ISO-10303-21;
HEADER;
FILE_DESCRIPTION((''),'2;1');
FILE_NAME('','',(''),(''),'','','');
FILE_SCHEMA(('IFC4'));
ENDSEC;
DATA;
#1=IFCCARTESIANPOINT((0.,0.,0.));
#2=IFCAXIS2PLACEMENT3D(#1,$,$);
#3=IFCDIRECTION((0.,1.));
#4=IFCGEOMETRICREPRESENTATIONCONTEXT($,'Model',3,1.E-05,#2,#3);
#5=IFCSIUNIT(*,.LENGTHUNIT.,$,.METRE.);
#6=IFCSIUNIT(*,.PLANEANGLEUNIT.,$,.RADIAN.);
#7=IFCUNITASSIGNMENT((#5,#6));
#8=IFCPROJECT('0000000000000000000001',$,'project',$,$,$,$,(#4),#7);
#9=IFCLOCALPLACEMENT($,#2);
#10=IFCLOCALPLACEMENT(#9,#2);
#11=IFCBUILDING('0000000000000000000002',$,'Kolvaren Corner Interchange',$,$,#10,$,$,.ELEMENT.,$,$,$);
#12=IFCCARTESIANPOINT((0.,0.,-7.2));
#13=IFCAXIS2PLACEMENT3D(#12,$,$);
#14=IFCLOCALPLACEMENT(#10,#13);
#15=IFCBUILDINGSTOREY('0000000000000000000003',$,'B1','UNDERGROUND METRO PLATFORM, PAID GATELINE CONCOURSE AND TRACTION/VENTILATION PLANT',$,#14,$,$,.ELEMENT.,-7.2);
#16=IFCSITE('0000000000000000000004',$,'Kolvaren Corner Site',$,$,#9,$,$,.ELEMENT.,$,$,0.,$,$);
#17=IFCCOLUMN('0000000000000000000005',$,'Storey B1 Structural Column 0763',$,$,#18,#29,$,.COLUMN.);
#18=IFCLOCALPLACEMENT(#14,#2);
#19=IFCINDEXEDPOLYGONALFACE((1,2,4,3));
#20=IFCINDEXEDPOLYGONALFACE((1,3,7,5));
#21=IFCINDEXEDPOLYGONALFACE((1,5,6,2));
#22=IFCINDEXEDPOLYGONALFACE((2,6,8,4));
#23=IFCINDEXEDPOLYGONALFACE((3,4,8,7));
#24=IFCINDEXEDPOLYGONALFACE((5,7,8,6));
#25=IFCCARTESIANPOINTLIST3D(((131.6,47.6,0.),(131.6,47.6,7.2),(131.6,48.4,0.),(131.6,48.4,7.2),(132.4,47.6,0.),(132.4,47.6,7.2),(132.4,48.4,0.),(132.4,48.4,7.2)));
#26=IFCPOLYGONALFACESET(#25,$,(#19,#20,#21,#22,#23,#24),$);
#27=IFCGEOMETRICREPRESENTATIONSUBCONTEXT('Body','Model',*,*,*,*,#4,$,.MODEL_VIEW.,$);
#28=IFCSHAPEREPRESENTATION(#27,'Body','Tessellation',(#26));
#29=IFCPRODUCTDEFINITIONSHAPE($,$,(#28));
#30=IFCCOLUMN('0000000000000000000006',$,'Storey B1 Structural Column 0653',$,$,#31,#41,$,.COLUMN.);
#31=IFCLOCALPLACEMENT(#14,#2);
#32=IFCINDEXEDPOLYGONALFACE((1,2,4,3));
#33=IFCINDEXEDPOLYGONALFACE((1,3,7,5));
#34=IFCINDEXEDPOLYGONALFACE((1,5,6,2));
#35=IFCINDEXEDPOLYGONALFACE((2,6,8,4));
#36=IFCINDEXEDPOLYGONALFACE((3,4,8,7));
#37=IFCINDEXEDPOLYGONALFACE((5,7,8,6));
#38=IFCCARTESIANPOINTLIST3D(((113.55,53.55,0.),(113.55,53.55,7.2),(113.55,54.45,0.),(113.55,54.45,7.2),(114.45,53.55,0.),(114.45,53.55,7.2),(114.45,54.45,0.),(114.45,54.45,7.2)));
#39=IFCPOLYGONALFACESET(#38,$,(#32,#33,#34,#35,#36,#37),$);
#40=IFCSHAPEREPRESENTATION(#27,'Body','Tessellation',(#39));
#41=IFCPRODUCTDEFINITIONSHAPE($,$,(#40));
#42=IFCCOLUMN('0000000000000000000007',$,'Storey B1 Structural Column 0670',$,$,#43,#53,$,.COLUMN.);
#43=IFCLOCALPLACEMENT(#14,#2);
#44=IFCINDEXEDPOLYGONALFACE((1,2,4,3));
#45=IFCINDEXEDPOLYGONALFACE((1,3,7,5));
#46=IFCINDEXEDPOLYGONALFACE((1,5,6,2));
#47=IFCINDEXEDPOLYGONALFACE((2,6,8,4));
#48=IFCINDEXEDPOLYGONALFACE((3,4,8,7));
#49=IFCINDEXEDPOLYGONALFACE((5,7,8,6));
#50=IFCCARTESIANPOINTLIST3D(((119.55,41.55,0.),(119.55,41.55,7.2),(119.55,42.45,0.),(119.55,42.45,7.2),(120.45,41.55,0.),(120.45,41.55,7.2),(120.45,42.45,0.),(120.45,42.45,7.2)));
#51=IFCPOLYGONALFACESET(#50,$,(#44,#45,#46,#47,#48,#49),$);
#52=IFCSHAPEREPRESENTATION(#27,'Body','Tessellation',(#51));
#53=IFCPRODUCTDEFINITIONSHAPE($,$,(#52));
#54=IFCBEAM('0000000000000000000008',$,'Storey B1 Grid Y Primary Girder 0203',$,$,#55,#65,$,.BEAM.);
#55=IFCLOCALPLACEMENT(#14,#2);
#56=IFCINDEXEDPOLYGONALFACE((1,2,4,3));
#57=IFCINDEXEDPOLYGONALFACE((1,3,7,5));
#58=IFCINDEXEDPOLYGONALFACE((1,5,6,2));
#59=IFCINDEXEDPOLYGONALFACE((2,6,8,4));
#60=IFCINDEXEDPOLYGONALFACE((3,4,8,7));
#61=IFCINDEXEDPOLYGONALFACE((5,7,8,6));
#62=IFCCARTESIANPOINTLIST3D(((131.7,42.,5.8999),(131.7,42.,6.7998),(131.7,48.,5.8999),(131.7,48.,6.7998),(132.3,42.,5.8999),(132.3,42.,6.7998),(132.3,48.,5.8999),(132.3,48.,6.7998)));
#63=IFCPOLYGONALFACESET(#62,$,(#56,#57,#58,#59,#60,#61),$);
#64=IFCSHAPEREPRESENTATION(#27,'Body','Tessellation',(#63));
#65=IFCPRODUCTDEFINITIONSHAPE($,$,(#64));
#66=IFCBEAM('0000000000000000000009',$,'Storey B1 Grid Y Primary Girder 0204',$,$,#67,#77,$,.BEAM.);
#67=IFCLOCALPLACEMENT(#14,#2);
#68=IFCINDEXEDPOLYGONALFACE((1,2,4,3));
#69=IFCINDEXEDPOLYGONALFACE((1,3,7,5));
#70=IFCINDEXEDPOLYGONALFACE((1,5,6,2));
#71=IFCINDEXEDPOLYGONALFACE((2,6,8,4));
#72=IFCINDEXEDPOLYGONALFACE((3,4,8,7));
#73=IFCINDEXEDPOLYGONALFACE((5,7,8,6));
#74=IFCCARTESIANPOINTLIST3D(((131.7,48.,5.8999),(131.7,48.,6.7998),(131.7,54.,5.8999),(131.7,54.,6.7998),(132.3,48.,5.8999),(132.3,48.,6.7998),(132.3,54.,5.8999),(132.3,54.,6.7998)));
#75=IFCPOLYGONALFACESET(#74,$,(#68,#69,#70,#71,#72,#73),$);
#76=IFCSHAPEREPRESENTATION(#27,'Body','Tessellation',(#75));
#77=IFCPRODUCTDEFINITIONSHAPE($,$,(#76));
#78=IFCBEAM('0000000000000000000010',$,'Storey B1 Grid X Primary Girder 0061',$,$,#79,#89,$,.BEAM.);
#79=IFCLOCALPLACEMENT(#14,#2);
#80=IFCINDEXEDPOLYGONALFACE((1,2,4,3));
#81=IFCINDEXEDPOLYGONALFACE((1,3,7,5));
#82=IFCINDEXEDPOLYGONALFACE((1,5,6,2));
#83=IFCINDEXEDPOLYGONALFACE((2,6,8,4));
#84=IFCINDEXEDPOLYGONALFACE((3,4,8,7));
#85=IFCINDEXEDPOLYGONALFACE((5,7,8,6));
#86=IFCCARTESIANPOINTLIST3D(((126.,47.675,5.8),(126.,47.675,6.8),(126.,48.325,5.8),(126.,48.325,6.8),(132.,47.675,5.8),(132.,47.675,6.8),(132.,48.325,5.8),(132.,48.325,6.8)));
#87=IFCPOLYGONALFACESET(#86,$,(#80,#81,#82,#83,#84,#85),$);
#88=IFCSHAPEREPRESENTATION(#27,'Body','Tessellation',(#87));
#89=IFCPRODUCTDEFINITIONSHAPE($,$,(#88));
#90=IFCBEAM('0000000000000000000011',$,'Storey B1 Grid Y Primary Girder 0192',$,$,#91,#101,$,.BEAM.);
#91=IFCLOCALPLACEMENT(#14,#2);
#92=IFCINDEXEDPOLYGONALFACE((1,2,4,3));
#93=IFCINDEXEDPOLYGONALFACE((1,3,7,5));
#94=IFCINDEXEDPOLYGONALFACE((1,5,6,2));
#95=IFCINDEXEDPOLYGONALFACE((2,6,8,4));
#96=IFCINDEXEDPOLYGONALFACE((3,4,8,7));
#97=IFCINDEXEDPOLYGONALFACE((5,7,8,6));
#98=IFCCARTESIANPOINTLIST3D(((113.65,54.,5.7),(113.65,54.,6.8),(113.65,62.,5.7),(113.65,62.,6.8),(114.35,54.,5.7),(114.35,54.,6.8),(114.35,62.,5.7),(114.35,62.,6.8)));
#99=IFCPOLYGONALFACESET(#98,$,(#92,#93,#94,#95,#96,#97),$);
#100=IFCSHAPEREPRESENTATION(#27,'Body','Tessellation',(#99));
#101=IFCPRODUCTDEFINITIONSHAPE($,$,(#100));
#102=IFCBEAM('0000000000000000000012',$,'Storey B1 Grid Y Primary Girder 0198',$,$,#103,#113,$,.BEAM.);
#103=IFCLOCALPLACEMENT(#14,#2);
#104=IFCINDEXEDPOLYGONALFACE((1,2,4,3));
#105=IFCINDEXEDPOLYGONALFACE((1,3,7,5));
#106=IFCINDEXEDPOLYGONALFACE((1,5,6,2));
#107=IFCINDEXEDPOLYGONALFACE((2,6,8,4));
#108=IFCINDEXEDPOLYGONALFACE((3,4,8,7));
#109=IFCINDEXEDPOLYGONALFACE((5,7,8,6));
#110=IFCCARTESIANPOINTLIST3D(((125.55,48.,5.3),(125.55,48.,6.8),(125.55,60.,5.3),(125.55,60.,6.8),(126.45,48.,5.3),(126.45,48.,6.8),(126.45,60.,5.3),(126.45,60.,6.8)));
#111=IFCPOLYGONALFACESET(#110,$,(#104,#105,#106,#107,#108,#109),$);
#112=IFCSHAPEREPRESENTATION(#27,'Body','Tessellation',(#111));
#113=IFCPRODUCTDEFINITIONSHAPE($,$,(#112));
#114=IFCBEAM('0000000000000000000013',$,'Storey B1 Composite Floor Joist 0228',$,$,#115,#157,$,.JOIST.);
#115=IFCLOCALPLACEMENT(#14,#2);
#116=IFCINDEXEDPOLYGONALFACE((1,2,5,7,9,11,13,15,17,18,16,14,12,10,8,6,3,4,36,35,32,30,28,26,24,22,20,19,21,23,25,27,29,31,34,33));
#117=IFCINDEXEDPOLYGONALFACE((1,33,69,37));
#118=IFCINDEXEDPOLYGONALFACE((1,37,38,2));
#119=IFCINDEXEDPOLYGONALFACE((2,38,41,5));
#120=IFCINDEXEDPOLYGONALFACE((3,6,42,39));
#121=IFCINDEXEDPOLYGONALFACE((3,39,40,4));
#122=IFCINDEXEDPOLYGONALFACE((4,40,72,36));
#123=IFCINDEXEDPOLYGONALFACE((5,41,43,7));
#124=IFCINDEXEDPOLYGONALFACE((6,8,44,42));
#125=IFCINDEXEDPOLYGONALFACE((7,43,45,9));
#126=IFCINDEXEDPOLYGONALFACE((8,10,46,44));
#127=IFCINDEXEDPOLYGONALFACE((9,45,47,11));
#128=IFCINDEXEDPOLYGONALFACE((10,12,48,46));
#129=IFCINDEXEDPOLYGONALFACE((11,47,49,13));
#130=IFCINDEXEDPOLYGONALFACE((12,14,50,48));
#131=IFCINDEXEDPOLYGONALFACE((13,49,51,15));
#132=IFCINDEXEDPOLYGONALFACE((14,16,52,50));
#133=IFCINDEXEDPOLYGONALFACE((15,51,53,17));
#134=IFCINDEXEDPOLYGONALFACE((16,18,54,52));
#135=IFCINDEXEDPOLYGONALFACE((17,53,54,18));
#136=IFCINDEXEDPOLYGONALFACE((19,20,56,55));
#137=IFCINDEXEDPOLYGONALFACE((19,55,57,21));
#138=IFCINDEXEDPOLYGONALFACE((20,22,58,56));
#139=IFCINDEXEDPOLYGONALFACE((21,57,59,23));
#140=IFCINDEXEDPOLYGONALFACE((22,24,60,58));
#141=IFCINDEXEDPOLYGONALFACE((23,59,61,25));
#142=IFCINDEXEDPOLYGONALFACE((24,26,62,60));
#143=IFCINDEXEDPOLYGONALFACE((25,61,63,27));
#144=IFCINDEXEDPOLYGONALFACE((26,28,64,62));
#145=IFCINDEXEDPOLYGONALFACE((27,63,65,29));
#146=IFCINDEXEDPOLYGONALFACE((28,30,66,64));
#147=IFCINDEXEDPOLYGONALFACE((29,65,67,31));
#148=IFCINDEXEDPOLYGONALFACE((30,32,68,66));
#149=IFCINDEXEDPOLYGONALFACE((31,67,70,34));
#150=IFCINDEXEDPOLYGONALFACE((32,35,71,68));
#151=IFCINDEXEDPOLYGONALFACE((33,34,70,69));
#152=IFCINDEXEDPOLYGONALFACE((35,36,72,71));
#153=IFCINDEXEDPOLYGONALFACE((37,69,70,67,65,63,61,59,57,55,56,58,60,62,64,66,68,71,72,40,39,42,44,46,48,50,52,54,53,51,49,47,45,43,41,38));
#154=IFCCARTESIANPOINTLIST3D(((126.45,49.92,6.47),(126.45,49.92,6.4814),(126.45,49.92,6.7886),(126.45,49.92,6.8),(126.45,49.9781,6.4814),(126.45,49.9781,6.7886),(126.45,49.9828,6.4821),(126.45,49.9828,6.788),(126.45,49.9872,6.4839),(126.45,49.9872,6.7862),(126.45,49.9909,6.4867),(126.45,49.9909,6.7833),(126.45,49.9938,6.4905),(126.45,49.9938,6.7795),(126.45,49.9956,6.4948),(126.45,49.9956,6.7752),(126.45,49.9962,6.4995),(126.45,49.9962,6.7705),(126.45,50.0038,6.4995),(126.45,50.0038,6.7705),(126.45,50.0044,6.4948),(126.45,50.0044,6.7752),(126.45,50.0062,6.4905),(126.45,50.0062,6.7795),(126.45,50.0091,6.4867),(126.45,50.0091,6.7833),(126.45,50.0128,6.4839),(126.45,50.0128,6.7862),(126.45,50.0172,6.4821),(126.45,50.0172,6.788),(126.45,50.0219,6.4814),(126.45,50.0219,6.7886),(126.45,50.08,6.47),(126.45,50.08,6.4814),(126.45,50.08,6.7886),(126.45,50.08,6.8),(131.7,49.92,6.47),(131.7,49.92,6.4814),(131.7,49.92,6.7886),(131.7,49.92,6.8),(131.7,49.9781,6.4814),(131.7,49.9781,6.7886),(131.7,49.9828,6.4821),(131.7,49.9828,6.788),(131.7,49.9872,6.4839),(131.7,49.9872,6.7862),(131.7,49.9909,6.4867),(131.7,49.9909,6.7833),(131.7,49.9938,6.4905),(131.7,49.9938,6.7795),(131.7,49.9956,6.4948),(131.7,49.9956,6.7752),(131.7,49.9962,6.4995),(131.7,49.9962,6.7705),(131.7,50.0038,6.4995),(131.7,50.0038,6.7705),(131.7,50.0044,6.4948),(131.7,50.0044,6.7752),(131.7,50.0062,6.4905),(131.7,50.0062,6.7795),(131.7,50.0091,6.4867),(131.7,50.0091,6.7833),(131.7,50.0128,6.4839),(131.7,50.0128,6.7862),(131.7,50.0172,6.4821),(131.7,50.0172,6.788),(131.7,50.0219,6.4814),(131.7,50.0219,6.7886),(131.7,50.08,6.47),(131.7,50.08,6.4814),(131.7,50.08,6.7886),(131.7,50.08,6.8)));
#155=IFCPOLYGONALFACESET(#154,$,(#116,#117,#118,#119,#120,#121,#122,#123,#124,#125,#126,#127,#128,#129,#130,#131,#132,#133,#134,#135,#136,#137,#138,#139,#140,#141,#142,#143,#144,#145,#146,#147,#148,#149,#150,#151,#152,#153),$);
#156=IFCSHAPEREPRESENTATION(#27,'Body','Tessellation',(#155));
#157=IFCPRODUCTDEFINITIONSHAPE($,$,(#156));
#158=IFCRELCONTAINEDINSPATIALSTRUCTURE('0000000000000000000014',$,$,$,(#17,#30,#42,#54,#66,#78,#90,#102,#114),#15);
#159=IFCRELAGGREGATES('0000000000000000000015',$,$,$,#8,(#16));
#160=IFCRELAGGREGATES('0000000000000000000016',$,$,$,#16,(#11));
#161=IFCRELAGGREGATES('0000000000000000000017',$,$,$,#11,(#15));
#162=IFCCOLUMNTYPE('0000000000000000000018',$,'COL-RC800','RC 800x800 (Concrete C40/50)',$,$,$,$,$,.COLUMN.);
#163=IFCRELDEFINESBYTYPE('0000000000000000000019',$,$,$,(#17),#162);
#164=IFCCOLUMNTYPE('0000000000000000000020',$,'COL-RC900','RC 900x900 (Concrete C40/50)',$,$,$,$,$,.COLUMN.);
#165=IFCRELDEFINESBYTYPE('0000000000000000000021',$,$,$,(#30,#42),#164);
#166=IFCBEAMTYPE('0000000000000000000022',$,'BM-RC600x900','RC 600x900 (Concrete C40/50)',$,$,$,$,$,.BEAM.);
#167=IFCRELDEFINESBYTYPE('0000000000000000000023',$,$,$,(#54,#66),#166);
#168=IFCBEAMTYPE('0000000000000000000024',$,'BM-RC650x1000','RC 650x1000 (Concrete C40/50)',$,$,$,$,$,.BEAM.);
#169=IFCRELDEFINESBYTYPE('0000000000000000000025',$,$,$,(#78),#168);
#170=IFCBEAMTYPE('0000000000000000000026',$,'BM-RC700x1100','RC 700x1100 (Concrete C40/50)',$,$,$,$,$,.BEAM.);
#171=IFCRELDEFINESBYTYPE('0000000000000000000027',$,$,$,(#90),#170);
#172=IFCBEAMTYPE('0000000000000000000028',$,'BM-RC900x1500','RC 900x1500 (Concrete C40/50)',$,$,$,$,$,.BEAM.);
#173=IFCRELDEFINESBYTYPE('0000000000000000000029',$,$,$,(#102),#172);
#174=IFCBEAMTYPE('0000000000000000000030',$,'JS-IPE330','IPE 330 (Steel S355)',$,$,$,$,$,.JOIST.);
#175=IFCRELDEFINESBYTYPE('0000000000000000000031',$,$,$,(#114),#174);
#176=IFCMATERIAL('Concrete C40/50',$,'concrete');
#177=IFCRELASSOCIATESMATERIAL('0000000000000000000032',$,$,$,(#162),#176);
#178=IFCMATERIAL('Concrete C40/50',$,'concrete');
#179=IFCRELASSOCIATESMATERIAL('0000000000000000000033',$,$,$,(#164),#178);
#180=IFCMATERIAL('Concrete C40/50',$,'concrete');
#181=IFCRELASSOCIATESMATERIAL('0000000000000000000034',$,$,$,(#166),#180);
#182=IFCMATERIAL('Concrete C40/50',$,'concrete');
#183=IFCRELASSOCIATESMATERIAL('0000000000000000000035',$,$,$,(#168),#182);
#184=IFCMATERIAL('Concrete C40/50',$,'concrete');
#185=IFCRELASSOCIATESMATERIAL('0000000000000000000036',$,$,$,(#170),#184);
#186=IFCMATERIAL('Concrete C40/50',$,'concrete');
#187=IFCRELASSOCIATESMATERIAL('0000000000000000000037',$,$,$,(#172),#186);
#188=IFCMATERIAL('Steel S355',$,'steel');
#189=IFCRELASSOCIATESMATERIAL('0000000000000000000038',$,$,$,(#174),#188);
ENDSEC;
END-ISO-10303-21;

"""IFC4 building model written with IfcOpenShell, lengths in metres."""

from ifc_helpers import new_model, si_unit, direction, frame, origin, origin_2d, place, context, subcontext, project, spatial, rectangle, i_section, extrude, material, material_profile, profile_set, type_object, element, save


model = new_model("IFC4")

# Units and contexts
model_context = context("Model", 3, precision=1e-05, world=origin(), true_north=direction((0.0, 1.0)))
body_context = subcontext(model_context, "Body", "Model", "MODEL_VIEW")
ifc_project = project(units=[si_unit("LENGTHUNIT", "METRE"), si_unit("PLANEANGLEUNIT", "RADIAN")], contexts=[model_context])

# Site, building, storey
site_placement = place(None, origin())
site = spatial("IfcSite", under=ifc_project, at=site_placement, Name="Kolvaren Corner Site", CompositionType="ELEMENT", RefElevation=0.0)
building_placement = place(site_placement, origin())
building = spatial("IfcBuilding", under=site, at=building_placement, Name="Kolvaren Corner Interchange", CompositionType="ELEMENT")
storey_placement = place(building_placement, frame((0.0, 0.0, -7.2)))
storey = spatial("IfcBuildingStorey", under=building, at=storey_placement, Name="B1", Description="UNDERGROUND METRO PLATFORM, PAID GATELINE CONCOURSE AND TRACTION/VENTILATION PLANT", CompositionType="ELEMENT", Elevation=-7.2)

# Columns
ifc_material_1 = material(Name="Concrete C40/50", Category="concrete")
ifc_material_profile_1 = material_profile(ifc_material_1, rectangle(XDim=0.8, YDim=0.8, at=origin_2d()), Name="RC 800x800")
ifc_profile_set_1 = profile_set([ifc_material_profile_1], Name="Concrete C40/50")
column_type_1 = type_object("IfcColumnType", Name="COL-RC800", Description="RC 800x800 (Concrete C40/50)", PredefinedType="COLUMN", material=ifc_profile_set_1)
for number, where, z_axis, x_axis, name in (
    (1, (132.0, 48.0, 0.0), (0.0, 0.0, 1.0), (1.0, 0.0, 0.0), "Storey B1 Structural Column 0763"),
):
    element("IfcColumn", number, at=place(storey_placement, frame(where, z_axis=z_axis, x_axis=x_axis)), inside=storey, type_object=column_type_1, Name=name, PredefinedType="COLUMN", context=body_context, shape_type="SweptSolid", body=[
        extrude(rectangle(XDim=0.8, YDim=0.8, at=origin_2d()), origin(), (0.0, 0.0, 1.0), 7.2),
    ])
ifc_material_2 = material(Name="Concrete C40/50", Category="concrete")
ifc_material_profile_2 = material_profile(ifc_material_2, rectangle(XDim=0.8999, YDim=0.8999, at=origin_2d()), Name="RC 900x900")
ifc_profile_set_2 = profile_set([ifc_material_profile_2], Name="Concrete C40/50")
column_type_2 = type_object("IfcColumnType", Name="COL-RC900", Description="RC 900x900 (Concrete C40/50)", PredefinedType="COLUMN", material=ifc_profile_set_2)
for number, where, z_axis, x_axis, name in (
    (2, (114.0, 54.0, 0.0), (0.0, 0.0, 1.0), (1.0, 0.0, 0.0), "Storey B1 Structural Column 0653"),
    (3, (120.0, 42.0, 0.0), (0.0, 0.0, 1.0), (1.0, 0.0, 0.0), "Storey B1 Structural Column 0670"),
):
    element("IfcColumn", number, at=place(storey_placement, frame(where, z_axis=z_axis, x_axis=x_axis)), inside=storey, type_object=column_type_2, Name=name, PredefinedType="COLUMN", context=body_context, shape_type="SweptSolid", body=[
        extrude(rectangle(XDim=0.8999, YDim=0.8999, at=origin_2d()), origin(), (0.0, 0.0, 1.0), 7.2),
    ])

# Beams
ifc_material_3 = material(Name="Concrete C40/50", Category="concrete")
ifc_material_profile_3 = material_profile(ifc_material_3, rectangle(XDim=0.6001, YDim=0.8999, at=origin_2d()), Name="RC 600x900")
ifc_profile_set_3 = profile_set([ifc_material_profile_3], Name="Concrete C40/50")
beam_type_1 = type_object("IfcBeamType", Name="BM-RC600x900", Description="RC 600x900 (Concrete C40/50)", PredefinedType="BEAM", material=ifc_profile_set_3)
for number, where, z_axis, x_axis, name in (
    (4, (132.0, 42.0, 6.3499), (0.0, 1.0, 0.0), (-1.0, 0.0, 0.0), "Storey B1 Grid Y Primary Girder 0203"),
    (5, (132.0, 48.0, 6.3499), (0.0, 1.0, 0.0), (-1.0, 0.0, 0.0), "Storey B1 Grid Y Primary Girder 0204"),
):
    element("IfcBeam", number, at=place(storey_placement, frame(where, z_axis=z_axis, x_axis=x_axis)), inside=storey, type_object=beam_type_1, Name=name, PredefinedType="BEAM", context=body_context, shape_type="SweptSolid", body=[
        extrude(rectangle(XDim=0.6001, YDim=0.8999, at=origin_2d()), origin(), (0.0, 0.0, 1.0), 6.0),
    ])
ifc_material_4 = material(Name="Concrete C40/50", Category="concrete")
ifc_material_profile_4 = material_profile(ifc_material_4, rectangle(XDim=0.6499, YDim=1.0, at=origin_2d()), Name="RC 650x1000")
ifc_profile_set_4 = profile_set([ifc_material_profile_4], Name="Concrete C40/50")
beam_type_2 = type_object("IfcBeamType", Name="BM-RC650x1000", Description="RC 650x1000 (Concrete C40/50)", PredefinedType="BEAM", material=ifc_profile_set_4)
beam_1_placement = place(storey_placement, frame((126.0, 48.0, 6.3), z_axis=(1.0, 0.0, 0.0), x_axis=(0.0, 1.0, 0.0)))
element("IfcBeam", 6, at=beam_1_placement, inside=storey, type_object=beam_type_2, Name="Storey B1 Grid X Primary Girder 0061", PredefinedType="BEAM", context=body_context, shape_type="SweptSolid", body=[
    extrude(rectangle(XDim=0.6499, YDim=1.0, at=origin_2d()), origin(), (0.0, 0.0, 1.0), 6.0),
])
ifc_material_5 = material(Name="Concrete C40/50", Category="concrete")
ifc_material_profile_5 = material_profile(ifc_material_5, rectangle(XDim=0.7, YDim=1.1001, at=origin_2d()), Name="RC 700x1100")
ifc_profile_set_5 = profile_set([ifc_material_profile_5], Name="Concrete C40/50")
beam_type_3 = type_object("IfcBeamType", Name="BM-RC700x1100", Description="RC 700x1100 (Concrete C40/50)", PredefinedType="BEAM", material=ifc_profile_set_5)
beam_2_placement = place(storey_placement, frame((114.0, 54.0, 6.25), z_axis=(0.0, 1.0, 0.0), x_axis=(-1.0, 0.0, 0.0)))
element("IfcBeam", 7, at=beam_2_placement, inside=storey, type_object=beam_type_3, Name="Storey B1 Grid Y Primary Girder 0192", PredefinedType="BEAM", context=body_context, shape_type="SweptSolid", body=[
    extrude(rectangle(XDim=0.7, YDim=1.1001, at=origin_2d()), origin(), (0.0, 0.0, 1.0), 8.0),
])
ifc_material_6 = material(Name="Concrete C40/50", Category="concrete")
ifc_material_profile_6 = material_profile(ifc_material_6, rectangle(XDim=0.8999, YDim=1.5, at=origin_2d()), Name="RC 900x1500")
ifc_profile_set_6 = profile_set([ifc_material_profile_6], Name="Concrete C40/50")
beam_type_4 = type_object("IfcBeamType", Name="BM-RC900x1500", Description="RC 900x1500 (Concrete C40/50)", PredefinedType="BEAM", material=ifc_profile_set_6)
beam_3_placement = place(storey_placement, frame((126.0, 48.0, 6.05), z_axis=(0.0, 1.0, 0.0), x_axis=(-1.0, 0.0, 0.0)))
element("IfcBeam", 8, at=beam_3_placement, inside=storey, type_object=beam_type_4, Name="Storey B1 Grid Y Primary Girder 0198", PredefinedType="BEAM", context=body_context, shape_type="SweptSolid", body=[
    extrude(rectangle(XDim=0.8999, YDim=1.5, at=origin_2d()), origin(), (0.0, 0.0, 1.0), 12.0),
])
ifc_material_7 = material(Name="Steel S355", Category="steel")
ifc_material_profile_7 = material_profile(ifc_material_7, i_section(OverallWidth=0.1599, OverallDepth=0.3301, WebThickness=0.0076, FlangeThickness=0.0115, FilletRadius=0.0181, at=origin_2d()), Name="IPE 330")
ifc_profile_set_7 = profile_set([ifc_material_profile_7], Name="Steel S355")
beam_type_5 = type_object("IfcBeamType", Name="JS-IPE330", Description="IPE 330 (Steel S355)", PredefinedType="JOIST", material=ifc_profile_set_7)
for number, where, z_axis, x_axis, name in (
    (9, (126.45, 50.0, 6.635), (1.0, 0.0, 0.0), (0.0, 1.0, 0.0), "Storey B1 Composite Floor Joist 0228"),
):
    element("IfcBeam", number, at=place(storey_placement, frame(where, z_axis=z_axis, x_axis=x_axis)), inside=storey, type_object=beam_type_5, Name=name, PredefinedType="JOIST", context=body_context, shape_type="SweptSolid", body=[
        extrude(i_section(OverallWidth=0.1599, OverallDepth=0.3301, WebThickness=0.0076, FlangeThickness=0.0115, FilletRadius=0.0181, at=origin_2d()), origin(), (0.0, 0.0, 1.0), 5.25),
    ])

save(model, "model.ifc")
